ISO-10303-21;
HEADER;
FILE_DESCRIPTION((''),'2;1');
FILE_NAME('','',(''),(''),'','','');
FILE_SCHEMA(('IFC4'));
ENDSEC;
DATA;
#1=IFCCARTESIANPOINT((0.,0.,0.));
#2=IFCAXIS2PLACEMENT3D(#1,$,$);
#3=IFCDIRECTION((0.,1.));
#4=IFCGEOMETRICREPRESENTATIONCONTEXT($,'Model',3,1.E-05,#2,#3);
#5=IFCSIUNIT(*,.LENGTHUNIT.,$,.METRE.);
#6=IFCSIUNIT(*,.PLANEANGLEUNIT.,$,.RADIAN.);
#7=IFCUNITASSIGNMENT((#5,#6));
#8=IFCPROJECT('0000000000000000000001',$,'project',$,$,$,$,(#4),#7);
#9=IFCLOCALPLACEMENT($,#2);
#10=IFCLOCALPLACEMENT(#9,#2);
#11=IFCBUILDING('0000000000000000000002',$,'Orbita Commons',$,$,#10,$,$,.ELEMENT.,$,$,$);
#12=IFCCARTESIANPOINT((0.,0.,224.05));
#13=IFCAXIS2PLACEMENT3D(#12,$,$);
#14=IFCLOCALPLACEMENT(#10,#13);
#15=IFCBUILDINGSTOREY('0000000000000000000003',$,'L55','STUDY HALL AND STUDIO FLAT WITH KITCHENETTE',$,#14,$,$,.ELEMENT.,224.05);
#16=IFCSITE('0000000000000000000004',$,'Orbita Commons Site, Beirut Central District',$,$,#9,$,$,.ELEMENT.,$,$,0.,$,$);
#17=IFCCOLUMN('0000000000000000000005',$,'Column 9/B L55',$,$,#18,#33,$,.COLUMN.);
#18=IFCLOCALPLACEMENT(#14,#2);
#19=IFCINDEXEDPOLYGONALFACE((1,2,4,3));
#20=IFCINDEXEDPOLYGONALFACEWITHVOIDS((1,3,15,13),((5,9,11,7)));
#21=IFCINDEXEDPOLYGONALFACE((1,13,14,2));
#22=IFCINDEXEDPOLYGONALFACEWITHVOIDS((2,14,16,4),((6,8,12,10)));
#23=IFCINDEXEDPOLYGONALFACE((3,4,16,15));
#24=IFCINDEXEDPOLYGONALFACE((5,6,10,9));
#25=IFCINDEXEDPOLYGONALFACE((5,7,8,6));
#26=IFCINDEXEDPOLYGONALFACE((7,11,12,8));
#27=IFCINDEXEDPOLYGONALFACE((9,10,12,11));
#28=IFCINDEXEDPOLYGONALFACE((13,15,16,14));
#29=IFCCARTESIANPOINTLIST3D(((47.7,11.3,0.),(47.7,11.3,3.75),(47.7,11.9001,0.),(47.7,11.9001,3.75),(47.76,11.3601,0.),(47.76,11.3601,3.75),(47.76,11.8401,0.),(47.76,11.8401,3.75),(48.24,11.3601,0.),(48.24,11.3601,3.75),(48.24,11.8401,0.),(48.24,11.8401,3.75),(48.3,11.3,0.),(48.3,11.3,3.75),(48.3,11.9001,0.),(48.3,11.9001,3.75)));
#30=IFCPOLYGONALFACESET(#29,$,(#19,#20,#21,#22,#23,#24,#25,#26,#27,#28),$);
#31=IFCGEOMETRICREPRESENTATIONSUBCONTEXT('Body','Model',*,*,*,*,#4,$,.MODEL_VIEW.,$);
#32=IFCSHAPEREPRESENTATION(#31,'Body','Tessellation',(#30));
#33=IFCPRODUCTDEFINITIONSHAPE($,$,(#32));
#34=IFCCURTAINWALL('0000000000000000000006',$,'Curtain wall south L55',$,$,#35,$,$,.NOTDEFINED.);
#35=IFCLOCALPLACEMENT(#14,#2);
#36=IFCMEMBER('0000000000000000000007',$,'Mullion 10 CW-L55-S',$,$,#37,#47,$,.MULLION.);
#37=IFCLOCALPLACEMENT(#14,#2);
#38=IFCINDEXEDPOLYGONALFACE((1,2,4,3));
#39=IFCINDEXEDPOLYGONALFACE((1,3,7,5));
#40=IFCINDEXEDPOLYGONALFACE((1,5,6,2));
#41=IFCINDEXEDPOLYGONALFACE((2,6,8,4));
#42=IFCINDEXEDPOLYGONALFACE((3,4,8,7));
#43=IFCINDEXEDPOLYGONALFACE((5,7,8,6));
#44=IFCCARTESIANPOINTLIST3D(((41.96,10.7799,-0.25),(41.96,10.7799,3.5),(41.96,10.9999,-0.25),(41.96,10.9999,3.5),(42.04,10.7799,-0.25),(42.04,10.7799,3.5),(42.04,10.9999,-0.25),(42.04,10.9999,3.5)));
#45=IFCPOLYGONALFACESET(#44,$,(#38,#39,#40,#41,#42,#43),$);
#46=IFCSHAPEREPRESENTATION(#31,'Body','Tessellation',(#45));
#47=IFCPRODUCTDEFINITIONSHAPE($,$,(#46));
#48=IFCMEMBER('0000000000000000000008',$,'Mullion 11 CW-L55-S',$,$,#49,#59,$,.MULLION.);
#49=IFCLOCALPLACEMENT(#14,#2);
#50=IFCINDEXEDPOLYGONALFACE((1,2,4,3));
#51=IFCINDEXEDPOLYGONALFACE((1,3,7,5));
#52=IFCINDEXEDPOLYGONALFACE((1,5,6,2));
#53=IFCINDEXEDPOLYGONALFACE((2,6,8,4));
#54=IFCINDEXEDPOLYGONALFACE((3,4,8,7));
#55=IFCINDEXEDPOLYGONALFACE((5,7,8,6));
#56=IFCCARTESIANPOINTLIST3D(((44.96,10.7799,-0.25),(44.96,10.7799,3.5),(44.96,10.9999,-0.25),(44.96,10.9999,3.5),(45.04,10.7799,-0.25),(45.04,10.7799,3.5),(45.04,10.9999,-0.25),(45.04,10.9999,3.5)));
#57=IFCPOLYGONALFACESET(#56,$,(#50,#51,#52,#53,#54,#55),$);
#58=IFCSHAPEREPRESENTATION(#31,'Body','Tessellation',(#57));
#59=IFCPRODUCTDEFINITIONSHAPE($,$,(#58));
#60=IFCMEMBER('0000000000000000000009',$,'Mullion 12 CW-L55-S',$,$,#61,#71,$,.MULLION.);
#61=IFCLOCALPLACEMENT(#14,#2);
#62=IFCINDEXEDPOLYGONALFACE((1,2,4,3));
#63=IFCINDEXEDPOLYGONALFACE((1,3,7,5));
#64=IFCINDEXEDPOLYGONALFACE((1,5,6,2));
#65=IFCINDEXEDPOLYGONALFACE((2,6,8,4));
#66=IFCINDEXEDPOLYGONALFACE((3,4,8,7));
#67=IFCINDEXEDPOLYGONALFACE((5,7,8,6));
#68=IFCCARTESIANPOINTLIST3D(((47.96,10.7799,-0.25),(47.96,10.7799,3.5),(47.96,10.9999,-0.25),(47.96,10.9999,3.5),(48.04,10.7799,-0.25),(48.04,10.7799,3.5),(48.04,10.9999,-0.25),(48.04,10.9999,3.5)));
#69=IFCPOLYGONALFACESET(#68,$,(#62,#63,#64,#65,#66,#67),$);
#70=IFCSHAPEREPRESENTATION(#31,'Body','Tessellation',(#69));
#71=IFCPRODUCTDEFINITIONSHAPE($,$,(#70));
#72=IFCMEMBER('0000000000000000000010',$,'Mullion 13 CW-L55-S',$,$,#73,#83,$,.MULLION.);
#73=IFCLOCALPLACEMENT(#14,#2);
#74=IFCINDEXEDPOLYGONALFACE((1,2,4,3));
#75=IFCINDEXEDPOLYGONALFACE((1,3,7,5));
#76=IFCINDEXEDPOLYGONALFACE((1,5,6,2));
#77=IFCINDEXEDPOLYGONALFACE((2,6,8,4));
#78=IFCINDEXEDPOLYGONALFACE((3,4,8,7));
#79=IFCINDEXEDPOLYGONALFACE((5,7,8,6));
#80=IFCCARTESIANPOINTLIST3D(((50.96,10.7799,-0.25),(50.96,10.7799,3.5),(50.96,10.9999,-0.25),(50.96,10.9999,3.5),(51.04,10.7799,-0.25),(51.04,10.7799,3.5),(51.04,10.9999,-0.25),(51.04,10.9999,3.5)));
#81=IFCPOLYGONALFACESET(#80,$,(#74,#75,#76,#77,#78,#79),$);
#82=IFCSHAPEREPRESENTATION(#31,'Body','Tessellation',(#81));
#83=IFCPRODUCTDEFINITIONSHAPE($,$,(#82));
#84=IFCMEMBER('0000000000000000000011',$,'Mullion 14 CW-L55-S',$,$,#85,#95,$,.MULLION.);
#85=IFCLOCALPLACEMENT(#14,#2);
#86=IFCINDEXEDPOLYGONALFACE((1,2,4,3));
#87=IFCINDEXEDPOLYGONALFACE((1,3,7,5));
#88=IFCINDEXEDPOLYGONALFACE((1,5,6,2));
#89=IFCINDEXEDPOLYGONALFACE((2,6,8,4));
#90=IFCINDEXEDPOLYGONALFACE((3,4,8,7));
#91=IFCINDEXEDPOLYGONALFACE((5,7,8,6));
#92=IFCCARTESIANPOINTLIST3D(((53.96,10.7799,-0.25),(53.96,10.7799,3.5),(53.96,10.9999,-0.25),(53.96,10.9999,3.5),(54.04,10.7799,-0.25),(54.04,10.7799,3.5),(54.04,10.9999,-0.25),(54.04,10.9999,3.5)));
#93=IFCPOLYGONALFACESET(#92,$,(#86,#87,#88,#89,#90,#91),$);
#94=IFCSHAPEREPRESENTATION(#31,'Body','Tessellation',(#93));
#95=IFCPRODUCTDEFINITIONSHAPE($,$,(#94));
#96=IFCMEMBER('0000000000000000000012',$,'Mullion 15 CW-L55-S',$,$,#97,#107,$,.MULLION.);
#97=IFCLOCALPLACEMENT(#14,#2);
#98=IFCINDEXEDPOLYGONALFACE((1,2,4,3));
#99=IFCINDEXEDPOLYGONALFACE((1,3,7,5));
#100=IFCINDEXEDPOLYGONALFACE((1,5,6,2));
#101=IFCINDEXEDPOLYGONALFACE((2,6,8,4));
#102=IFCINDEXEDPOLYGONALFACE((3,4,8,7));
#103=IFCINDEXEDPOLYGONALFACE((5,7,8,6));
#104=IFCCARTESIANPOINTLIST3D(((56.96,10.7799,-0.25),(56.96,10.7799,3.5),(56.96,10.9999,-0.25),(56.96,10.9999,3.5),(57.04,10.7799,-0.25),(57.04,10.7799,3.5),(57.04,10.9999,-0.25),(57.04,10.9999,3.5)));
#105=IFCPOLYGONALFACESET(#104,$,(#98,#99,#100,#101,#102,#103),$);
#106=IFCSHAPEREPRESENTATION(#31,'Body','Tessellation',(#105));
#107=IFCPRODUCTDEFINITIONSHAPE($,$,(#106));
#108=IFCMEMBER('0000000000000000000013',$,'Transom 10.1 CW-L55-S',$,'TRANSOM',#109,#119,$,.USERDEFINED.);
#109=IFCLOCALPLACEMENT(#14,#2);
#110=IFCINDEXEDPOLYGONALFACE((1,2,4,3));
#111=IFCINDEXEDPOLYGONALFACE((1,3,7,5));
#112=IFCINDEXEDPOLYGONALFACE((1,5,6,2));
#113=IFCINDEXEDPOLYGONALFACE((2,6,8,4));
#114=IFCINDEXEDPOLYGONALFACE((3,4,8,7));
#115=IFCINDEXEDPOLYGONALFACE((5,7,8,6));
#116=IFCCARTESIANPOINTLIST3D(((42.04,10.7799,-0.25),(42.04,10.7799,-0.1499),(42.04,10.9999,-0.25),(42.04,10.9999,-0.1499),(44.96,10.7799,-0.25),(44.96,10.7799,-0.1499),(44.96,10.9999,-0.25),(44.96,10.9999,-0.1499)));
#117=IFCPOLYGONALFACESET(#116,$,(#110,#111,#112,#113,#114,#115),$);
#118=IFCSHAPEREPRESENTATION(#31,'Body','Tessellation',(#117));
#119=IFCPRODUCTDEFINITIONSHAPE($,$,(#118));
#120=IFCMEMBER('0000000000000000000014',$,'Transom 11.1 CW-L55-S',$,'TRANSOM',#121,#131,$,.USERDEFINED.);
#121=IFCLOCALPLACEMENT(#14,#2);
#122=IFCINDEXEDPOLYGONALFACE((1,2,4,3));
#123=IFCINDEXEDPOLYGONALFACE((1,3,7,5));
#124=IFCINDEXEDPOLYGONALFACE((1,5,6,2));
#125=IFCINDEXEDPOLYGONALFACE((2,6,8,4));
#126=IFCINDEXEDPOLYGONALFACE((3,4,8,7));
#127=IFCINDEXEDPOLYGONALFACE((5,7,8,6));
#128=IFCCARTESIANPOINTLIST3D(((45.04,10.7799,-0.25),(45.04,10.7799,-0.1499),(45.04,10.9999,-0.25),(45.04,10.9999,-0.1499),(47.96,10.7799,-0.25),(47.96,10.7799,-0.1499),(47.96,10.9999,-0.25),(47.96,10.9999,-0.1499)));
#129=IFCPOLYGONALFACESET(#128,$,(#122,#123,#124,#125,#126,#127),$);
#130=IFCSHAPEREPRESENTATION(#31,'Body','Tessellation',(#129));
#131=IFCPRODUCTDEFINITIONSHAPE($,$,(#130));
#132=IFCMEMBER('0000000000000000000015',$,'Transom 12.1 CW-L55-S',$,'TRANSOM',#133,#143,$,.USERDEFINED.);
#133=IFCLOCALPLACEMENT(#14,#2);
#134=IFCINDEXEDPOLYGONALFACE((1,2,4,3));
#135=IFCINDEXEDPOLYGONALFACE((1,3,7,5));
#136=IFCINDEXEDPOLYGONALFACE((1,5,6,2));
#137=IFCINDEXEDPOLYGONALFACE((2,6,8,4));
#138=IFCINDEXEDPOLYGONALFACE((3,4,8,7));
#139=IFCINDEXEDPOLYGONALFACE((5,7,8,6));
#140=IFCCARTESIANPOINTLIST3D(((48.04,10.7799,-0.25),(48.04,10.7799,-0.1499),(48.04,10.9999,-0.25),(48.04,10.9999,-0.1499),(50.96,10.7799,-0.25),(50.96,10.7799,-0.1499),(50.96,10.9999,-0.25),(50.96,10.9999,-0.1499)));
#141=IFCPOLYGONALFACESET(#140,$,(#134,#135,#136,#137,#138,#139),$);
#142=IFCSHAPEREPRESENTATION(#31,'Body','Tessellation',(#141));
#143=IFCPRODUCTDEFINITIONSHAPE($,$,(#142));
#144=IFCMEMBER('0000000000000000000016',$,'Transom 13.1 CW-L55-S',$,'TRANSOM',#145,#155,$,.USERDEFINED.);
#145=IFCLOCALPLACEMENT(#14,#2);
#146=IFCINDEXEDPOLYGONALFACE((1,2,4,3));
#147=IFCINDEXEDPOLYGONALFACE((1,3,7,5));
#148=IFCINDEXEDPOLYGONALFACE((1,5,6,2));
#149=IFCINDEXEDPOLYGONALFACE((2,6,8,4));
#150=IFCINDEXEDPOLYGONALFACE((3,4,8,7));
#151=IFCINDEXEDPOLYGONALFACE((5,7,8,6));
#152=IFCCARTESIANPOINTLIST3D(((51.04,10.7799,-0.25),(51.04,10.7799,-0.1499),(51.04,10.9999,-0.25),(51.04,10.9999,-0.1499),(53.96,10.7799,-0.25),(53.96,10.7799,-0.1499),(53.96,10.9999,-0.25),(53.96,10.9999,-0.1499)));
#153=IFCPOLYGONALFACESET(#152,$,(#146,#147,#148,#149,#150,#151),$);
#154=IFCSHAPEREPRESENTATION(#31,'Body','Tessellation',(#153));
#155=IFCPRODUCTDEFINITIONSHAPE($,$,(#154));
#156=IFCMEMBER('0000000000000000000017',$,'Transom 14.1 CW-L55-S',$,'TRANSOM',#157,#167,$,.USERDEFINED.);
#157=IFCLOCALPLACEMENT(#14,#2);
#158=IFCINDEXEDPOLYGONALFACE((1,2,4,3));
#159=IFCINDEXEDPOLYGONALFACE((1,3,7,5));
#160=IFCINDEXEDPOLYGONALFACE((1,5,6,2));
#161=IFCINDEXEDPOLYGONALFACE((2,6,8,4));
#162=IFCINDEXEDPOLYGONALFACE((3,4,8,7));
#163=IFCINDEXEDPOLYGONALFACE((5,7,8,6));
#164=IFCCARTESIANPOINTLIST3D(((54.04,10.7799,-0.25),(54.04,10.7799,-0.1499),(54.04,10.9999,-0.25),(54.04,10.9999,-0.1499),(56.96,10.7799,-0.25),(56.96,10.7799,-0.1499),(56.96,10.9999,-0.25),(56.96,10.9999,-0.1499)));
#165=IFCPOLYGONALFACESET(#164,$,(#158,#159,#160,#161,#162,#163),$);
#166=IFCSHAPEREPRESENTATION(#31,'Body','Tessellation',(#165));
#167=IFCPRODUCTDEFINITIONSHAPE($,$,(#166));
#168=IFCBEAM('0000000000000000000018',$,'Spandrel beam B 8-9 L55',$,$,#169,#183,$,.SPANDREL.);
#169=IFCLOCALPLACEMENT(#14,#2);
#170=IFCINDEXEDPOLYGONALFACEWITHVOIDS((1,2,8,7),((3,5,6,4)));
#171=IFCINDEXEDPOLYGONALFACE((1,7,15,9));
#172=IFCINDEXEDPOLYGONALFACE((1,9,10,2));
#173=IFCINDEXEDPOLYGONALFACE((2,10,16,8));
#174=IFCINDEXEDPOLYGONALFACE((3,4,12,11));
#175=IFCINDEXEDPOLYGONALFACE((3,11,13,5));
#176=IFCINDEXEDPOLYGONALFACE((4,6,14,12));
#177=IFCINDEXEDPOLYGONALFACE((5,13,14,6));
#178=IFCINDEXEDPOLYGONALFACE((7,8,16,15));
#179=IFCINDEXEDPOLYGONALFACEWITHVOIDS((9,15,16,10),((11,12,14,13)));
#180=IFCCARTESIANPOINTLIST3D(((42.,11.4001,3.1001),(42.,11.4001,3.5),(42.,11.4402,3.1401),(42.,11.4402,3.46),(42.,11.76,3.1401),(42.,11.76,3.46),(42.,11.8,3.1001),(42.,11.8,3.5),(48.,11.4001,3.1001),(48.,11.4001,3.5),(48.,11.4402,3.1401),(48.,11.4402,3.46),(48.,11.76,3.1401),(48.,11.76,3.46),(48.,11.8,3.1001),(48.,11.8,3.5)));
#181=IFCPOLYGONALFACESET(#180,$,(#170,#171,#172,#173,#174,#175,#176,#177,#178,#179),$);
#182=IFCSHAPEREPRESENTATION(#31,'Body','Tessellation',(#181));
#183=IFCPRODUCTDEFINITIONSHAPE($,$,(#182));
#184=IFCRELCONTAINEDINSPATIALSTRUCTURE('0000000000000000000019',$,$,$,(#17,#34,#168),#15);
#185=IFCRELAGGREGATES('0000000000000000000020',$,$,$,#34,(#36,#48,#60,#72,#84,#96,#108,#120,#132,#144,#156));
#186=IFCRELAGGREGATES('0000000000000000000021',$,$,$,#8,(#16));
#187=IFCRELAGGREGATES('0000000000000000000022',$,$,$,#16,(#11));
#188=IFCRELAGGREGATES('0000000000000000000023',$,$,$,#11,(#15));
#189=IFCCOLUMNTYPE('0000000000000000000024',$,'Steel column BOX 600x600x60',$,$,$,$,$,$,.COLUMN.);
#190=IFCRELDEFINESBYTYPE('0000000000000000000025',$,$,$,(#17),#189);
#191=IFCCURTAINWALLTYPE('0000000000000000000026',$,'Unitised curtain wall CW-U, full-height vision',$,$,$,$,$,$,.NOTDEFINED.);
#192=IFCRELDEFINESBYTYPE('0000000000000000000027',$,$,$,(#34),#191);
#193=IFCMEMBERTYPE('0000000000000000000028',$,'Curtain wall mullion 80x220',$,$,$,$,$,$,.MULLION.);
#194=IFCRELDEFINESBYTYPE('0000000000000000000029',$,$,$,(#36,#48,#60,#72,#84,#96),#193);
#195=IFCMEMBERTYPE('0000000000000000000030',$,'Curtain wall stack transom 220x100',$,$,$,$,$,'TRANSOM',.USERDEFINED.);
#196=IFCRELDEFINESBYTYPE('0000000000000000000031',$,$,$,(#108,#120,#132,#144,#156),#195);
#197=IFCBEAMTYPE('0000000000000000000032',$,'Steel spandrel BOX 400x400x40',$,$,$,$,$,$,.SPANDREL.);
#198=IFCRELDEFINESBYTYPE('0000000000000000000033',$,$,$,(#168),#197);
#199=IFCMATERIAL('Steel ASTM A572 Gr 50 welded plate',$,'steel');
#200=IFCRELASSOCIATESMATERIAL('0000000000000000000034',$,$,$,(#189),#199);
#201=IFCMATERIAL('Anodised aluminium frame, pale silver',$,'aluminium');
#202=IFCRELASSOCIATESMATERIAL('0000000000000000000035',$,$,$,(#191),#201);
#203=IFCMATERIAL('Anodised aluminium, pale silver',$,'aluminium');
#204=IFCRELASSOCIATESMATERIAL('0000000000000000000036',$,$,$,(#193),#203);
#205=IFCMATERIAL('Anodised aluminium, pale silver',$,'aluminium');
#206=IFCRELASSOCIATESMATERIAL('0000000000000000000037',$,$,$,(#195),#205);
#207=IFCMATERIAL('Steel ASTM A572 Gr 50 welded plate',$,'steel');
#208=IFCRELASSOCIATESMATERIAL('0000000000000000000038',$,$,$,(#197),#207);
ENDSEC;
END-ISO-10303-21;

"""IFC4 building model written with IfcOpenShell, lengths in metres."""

from ifc_helpers import new_model, si_unit, direction, frame, origin, origin_2d, place, context, subcontext, project, spatial, rectangle, hollow_rectangle, extrude, material, material_profile, profile_set, type_object, element, aggregate, save


model = new_model("IFC4")

# Units and contexts
model_context = context("Model", 3, precision=1e-05, world=origin(), true_north=direction((0.0, 1.0)))
body_context = subcontext(model_context, "Body", "Model", "MODEL_VIEW")
ifc_project = project(units=[si_unit("LENGTHUNIT", "METRE"), si_unit("PLANEANGLEUNIT", "RADIAN")], contexts=[model_context])

# Site, building, storey
site_placement = place(None, origin())
site = spatial("IfcSite", under=ifc_project, at=site_placement, Name="Orbita Commons Site, Beirut Central District", CompositionType="ELEMENT", RefElevation=0.0)
building_placement = place(site_placement, origin())
building = spatial("IfcBuilding", under=site, at=building_placement, Name="Orbita Commons", CompositionType="ELEMENT")
storey_placement = place(building_placement, frame((0.0, 0.0, 224.05)))
storey = spatial("IfcBuildingStorey", under=building, at=storey_placement, Name="L55", Description="STUDY HALL AND STUDIO FLAT WITH KITCHENETTE", CompositionType="ELEMENT", Elevation=224.05)

# Column
ifc_material_1 = material(Name="Steel ASTM A572 Gr 50 welded plate", Category="steel")
ifc_material_profile_1 = material_profile(ifc_material_1, hollow_rectangle(XDim=0.6001, YDim=0.6001, WallThickness=0.0601, at=origin_2d()), Name="BOX 600x600x60")
ifc_profile_set_1 = profile_set([ifc_material_profile_1], Name="Steel ASTM A572 Gr 50 welded plate")
column_type = type_object("IfcColumnType", Name="Steel column BOX 600x600x60", PredefinedType="COLUMN", material=ifc_profile_set_1)
column_placement = place(storey_placement, frame((48.0, 11.6001, 0.0), z_axis=(0.0, 0.0, 1.0), x_axis=(1.0, 0.0, 0.0)))
element("IfcColumn", 1, at=column_placement, inside=storey, type_object=column_type, Name="Column 9/B L55", PredefinedType="COLUMN", context=body_context, shape_type="SweptSolid", body=[
    extrude(hollow_rectangle(XDim=0.6001, YDim=0.6001, WallThickness=0.0601, at=origin_2d()), origin(), (0.0, 0.0, 1.0), 3.75),
])

# Curtain wall, members
ifc_material_2 = material(Name="Anodised aluminium frame, pale silver", Category="aluminium")
curtain_wall_type = type_object("IfcCurtainWallType", Name="Unitised curtain wall CW-U, full-height vision", PredefinedType="NOTDEFINED", material=ifc_material_2)
curtain_wall_placement = place(storey_placement, origin())
curtain_wall = element("IfcCurtainWall", 2, at=curtain_wall_placement, inside=storey, type_object=curtain_wall_type, Name="Curtain wall south L55", PredefinedType="NOTDEFINED")
ifc_material_3 = material(Name="Anodised aluminium, pale silver", Category="aluminium")
ifc_material_profile_2 = material_profile(ifc_material_3, rectangle(XDim=0.0801, YDim=0.22, at=origin_2d()), Name="AL 80x220")
ifc_profile_set_2 = profile_set([ifc_material_profile_2], Name="Anodised aluminium, pale silver")
member_type_1 = type_object("IfcMemberType", Name="Curtain wall mullion 80x220", PredefinedType="MULLION", material=ifc_profile_set_2)
member_1_placement = place(storey_placement, frame((42.0, 10.8899, -0.25), z_axis=(0.0, 0.0, 1.0), x_axis=(1.0, 0.0, 0.0)))
member_1 = element("IfcMember", 3, at=member_1_placement, type_object=member_type_1, Name="Mullion 10 CW-L55-S", PredefinedType="MULLION", context=body_context, shape_type="SweptSolid", body=[
    extrude(rectangle(XDim=0.0801, YDim=0.22, at=origin_2d()), origin(), (0.0, 0.0, 1.0), 3.75),
])
member_2_placement = place(storey_placement, frame((45.0, 10.8899, -0.25), z_axis=(0.0, 0.0, 1.0), x_axis=(1.0, 0.0, 0.0)))
member_2 = element("IfcMember", 4, at=member_2_placement, type_object=member_type_1, Name="Mullion 11 CW-L55-S", PredefinedType="MULLION", context=body_context, shape_type="SweptSolid", body=[
    extrude(rectangle(XDim=0.0801, YDim=0.22, at=origin_2d()), origin(), (0.0, 0.0, 1.0), 3.75),
])
member_3_placement = place(storey_placement, frame((48.0, 10.8899, -0.25), z_axis=(0.0, 0.0, 1.0), x_axis=(1.0, 0.0, 0.0)))
member_3 = element("IfcMember", 5, at=member_3_placement, type_object=member_type_1, Name="Mullion 12 CW-L55-S", PredefinedType="MULLION", context=body_context, shape_type="SweptSolid", body=[
    extrude(rectangle(XDim=0.0801, YDim=0.22, at=origin_2d()), origin(), (0.0, 0.0, 1.0), 3.75),
])
member_4_placement = place(storey_placement, frame((51.0, 10.8899, -0.25), z_axis=(0.0, 0.0, 1.0), x_axis=(1.0, 0.0, 0.0)))
member_4 = element("IfcMember", 6, at=member_4_placement, type_object=member_type_1, Name="Mullion 13 CW-L55-S", PredefinedType="MULLION", context=body_context, shape_type="SweptSolid", body=[
    extrude(rectangle(XDim=0.0801, YDim=0.22, at=origin_2d()), origin(), (0.0, 0.0, 1.0), 3.75),
])
member_5_placement = place(storey_placement, frame((54.0, 10.8899, -0.25), z_axis=(0.0, 0.0, 1.0), x_axis=(1.0, 0.0, 0.0)))
member_5 = element("IfcMember", 7, at=member_5_placement, type_object=member_type_1, Name="Mullion 14 CW-L55-S", PredefinedType="MULLION", context=body_context, shape_type="SweptSolid", body=[
    extrude(rectangle(XDim=0.0801, YDim=0.22, at=origin_2d()), origin(), (0.0, 0.0, 1.0), 3.75),
])
member_6_placement = place(storey_placement, frame((57.0, 10.8899, -0.25), z_axis=(0.0, 0.0, 1.0), x_axis=(1.0, 0.0, 0.0)))
member_6 = element("IfcMember", 8, at=member_6_placement, type_object=member_type_1, Name="Mullion 15 CW-L55-S", PredefinedType="MULLION", context=body_context, shape_type="SweptSolid", body=[
    extrude(rectangle(XDim=0.0801, YDim=0.22, at=origin_2d()), origin(), (0.0, 0.0, 1.0), 3.75),
])
ifc_material_4 = material(Name="Anodised aluminium, pale silver", Category="aluminium")
ifc_material_profile_3 = material_profile(ifc_material_4, rectangle(XDim=0.22, YDim=0.1001, at=origin_2d()), Name="AL 220x100")
ifc_profile_set_3 = profile_set([ifc_material_profile_3], Name="Anodised aluminium, pale silver")
member_type_2 = type_object("IfcMemberType", Name="Curtain wall stack transom 220x100", ElementType="TRANSOM", PredefinedType="USERDEFINED", material=ifc_profile_set_3)
member_7_placement = place(storey_placement, frame((42.04, 10.8899, -0.2), z_axis=(1.0, 0.0, 0.0), x_axis=(0.0, 1.0, 0.0)))
member_7 = element("IfcMember", 9, at=member_7_placement, type_object=member_type_2, Name="Transom 10.1 CW-L55-S", ObjectType="TRANSOM", PredefinedType="USERDEFINED", context=body_context, shape_type="SweptSolid", body=[
    extrude(rectangle(XDim=0.22, YDim=0.1001, at=origin_2d()), origin(), (0.0, 0.0, 1.0), 2.9199),
])
member_8_placement = place(storey_placement, frame((45.04, 10.8899, -0.2), z_axis=(1.0, 0.0, 0.0), x_axis=(0.0, 1.0, 0.0)))
member_8 = element("IfcMember", 10, at=member_8_placement, type_object=member_type_2, Name="Transom 11.1 CW-L55-S", ObjectType="TRANSOM", PredefinedType="USERDEFINED", context=body_context, shape_type="SweptSolid", body=[
    extrude(rectangle(XDim=0.22, YDim=0.1001, at=origin_2d()), origin(), (0.0, 0.0, 1.0), 2.9199),
])
member_9_placement = place(storey_placement, frame((48.04, 10.8899, -0.2), z_axis=(1.0, 0.0, 0.0), x_axis=(0.0, 1.0, 0.0)))
member_9 = element("IfcMember", 11, at=member_9_placement, type_object=member_type_2, Name="Transom 12.1 CW-L55-S", ObjectType="TRANSOM", PredefinedType="USERDEFINED", context=body_context, shape_type="SweptSolid", body=[
    extrude(rectangle(XDim=0.22, YDim=0.1001, at=origin_2d()), origin(), (0.0, 0.0, 1.0), 2.9199),
])
member_10_placement = place(storey_placement, frame((51.04, 10.8899, -0.2), z_axis=(1.0, 0.0, 0.0), x_axis=(0.0, 1.0, 0.0)))
member_10 = element("IfcMember", 12, at=member_10_placement, type_object=member_type_2, Name="Transom 13.1 CW-L55-S", ObjectType="TRANSOM", PredefinedType="USERDEFINED", context=body_context, shape_type="SweptSolid", body=[
    extrude(rectangle(XDim=0.22, YDim=0.1001, at=origin_2d()), origin(), (0.0, 0.0, 1.0), 2.9199),
])
member_11_placement = place(storey_placement, frame((54.04, 10.8899, -0.2), z_axis=(1.0, 0.0, 0.0), x_axis=(0.0, 1.0, 0.0)))
member_11 = element("IfcMember", 13, at=member_11_placement, type_object=member_type_2, Name="Transom 14.1 CW-L55-S", ObjectType="TRANSOM", PredefinedType="USERDEFINED", context=body_context, shape_type="SweptSolid", body=[
    extrude(rectangle(XDim=0.22, YDim=0.1001, at=origin_2d()), origin(), (0.0, 0.0, 1.0), 2.9199),
])

# Beam
ifc_material_5 = material(Name="Steel ASTM A572 Gr 50 welded plate", Category="steel")
ifc_material_profile_4 = material_profile(ifc_material_5, hollow_rectangle(XDim=0.3999, YDim=0.3999, WallThickness=0.04, at=origin_2d()), Name="BOX 400x400x40")
ifc_profile_set_4 = profile_set([ifc_material_profile_4], Name="Steel ASTM A572 Gr 50 welded plate")
beam_type = type_object("IfcBeamType", Name="Steel spandrel BOX 400x400x40", PredefinedType="SPANDREL", material=ifc_profile_set_4)
for number, where, z_axis, x_axis, name in (
    (14, (42.0, 11.6001, 3.3), (1.0, 0.0, 0.0), (0.0, 1.0, 0.0), "Spandrel beam B 8-9 L55"),
):
    element("IfcBeam", number, at=place(storey_placement, frame(where, z_axis=z_axis, x_axis=x_axis)), inside=storey, type_object=beam_type, Name=name, PredefinedType="SPANDREL", context=body_context, shape_type="SweptSolid", body=[
        extrude(hollow_rectangle(XDim=0.3999, YDim=0.3999, WallThickness=0.04, at=origin_2d()), origin(), (0.0, 0.0, 1.0), 6.0),
    ])

aggregate(curtain_wall, [member_1, member_2, member_3, member_4, member_5, member_6, member_7, member_8, member_9, member_10, member_11])

save(model, "model.ifc")
